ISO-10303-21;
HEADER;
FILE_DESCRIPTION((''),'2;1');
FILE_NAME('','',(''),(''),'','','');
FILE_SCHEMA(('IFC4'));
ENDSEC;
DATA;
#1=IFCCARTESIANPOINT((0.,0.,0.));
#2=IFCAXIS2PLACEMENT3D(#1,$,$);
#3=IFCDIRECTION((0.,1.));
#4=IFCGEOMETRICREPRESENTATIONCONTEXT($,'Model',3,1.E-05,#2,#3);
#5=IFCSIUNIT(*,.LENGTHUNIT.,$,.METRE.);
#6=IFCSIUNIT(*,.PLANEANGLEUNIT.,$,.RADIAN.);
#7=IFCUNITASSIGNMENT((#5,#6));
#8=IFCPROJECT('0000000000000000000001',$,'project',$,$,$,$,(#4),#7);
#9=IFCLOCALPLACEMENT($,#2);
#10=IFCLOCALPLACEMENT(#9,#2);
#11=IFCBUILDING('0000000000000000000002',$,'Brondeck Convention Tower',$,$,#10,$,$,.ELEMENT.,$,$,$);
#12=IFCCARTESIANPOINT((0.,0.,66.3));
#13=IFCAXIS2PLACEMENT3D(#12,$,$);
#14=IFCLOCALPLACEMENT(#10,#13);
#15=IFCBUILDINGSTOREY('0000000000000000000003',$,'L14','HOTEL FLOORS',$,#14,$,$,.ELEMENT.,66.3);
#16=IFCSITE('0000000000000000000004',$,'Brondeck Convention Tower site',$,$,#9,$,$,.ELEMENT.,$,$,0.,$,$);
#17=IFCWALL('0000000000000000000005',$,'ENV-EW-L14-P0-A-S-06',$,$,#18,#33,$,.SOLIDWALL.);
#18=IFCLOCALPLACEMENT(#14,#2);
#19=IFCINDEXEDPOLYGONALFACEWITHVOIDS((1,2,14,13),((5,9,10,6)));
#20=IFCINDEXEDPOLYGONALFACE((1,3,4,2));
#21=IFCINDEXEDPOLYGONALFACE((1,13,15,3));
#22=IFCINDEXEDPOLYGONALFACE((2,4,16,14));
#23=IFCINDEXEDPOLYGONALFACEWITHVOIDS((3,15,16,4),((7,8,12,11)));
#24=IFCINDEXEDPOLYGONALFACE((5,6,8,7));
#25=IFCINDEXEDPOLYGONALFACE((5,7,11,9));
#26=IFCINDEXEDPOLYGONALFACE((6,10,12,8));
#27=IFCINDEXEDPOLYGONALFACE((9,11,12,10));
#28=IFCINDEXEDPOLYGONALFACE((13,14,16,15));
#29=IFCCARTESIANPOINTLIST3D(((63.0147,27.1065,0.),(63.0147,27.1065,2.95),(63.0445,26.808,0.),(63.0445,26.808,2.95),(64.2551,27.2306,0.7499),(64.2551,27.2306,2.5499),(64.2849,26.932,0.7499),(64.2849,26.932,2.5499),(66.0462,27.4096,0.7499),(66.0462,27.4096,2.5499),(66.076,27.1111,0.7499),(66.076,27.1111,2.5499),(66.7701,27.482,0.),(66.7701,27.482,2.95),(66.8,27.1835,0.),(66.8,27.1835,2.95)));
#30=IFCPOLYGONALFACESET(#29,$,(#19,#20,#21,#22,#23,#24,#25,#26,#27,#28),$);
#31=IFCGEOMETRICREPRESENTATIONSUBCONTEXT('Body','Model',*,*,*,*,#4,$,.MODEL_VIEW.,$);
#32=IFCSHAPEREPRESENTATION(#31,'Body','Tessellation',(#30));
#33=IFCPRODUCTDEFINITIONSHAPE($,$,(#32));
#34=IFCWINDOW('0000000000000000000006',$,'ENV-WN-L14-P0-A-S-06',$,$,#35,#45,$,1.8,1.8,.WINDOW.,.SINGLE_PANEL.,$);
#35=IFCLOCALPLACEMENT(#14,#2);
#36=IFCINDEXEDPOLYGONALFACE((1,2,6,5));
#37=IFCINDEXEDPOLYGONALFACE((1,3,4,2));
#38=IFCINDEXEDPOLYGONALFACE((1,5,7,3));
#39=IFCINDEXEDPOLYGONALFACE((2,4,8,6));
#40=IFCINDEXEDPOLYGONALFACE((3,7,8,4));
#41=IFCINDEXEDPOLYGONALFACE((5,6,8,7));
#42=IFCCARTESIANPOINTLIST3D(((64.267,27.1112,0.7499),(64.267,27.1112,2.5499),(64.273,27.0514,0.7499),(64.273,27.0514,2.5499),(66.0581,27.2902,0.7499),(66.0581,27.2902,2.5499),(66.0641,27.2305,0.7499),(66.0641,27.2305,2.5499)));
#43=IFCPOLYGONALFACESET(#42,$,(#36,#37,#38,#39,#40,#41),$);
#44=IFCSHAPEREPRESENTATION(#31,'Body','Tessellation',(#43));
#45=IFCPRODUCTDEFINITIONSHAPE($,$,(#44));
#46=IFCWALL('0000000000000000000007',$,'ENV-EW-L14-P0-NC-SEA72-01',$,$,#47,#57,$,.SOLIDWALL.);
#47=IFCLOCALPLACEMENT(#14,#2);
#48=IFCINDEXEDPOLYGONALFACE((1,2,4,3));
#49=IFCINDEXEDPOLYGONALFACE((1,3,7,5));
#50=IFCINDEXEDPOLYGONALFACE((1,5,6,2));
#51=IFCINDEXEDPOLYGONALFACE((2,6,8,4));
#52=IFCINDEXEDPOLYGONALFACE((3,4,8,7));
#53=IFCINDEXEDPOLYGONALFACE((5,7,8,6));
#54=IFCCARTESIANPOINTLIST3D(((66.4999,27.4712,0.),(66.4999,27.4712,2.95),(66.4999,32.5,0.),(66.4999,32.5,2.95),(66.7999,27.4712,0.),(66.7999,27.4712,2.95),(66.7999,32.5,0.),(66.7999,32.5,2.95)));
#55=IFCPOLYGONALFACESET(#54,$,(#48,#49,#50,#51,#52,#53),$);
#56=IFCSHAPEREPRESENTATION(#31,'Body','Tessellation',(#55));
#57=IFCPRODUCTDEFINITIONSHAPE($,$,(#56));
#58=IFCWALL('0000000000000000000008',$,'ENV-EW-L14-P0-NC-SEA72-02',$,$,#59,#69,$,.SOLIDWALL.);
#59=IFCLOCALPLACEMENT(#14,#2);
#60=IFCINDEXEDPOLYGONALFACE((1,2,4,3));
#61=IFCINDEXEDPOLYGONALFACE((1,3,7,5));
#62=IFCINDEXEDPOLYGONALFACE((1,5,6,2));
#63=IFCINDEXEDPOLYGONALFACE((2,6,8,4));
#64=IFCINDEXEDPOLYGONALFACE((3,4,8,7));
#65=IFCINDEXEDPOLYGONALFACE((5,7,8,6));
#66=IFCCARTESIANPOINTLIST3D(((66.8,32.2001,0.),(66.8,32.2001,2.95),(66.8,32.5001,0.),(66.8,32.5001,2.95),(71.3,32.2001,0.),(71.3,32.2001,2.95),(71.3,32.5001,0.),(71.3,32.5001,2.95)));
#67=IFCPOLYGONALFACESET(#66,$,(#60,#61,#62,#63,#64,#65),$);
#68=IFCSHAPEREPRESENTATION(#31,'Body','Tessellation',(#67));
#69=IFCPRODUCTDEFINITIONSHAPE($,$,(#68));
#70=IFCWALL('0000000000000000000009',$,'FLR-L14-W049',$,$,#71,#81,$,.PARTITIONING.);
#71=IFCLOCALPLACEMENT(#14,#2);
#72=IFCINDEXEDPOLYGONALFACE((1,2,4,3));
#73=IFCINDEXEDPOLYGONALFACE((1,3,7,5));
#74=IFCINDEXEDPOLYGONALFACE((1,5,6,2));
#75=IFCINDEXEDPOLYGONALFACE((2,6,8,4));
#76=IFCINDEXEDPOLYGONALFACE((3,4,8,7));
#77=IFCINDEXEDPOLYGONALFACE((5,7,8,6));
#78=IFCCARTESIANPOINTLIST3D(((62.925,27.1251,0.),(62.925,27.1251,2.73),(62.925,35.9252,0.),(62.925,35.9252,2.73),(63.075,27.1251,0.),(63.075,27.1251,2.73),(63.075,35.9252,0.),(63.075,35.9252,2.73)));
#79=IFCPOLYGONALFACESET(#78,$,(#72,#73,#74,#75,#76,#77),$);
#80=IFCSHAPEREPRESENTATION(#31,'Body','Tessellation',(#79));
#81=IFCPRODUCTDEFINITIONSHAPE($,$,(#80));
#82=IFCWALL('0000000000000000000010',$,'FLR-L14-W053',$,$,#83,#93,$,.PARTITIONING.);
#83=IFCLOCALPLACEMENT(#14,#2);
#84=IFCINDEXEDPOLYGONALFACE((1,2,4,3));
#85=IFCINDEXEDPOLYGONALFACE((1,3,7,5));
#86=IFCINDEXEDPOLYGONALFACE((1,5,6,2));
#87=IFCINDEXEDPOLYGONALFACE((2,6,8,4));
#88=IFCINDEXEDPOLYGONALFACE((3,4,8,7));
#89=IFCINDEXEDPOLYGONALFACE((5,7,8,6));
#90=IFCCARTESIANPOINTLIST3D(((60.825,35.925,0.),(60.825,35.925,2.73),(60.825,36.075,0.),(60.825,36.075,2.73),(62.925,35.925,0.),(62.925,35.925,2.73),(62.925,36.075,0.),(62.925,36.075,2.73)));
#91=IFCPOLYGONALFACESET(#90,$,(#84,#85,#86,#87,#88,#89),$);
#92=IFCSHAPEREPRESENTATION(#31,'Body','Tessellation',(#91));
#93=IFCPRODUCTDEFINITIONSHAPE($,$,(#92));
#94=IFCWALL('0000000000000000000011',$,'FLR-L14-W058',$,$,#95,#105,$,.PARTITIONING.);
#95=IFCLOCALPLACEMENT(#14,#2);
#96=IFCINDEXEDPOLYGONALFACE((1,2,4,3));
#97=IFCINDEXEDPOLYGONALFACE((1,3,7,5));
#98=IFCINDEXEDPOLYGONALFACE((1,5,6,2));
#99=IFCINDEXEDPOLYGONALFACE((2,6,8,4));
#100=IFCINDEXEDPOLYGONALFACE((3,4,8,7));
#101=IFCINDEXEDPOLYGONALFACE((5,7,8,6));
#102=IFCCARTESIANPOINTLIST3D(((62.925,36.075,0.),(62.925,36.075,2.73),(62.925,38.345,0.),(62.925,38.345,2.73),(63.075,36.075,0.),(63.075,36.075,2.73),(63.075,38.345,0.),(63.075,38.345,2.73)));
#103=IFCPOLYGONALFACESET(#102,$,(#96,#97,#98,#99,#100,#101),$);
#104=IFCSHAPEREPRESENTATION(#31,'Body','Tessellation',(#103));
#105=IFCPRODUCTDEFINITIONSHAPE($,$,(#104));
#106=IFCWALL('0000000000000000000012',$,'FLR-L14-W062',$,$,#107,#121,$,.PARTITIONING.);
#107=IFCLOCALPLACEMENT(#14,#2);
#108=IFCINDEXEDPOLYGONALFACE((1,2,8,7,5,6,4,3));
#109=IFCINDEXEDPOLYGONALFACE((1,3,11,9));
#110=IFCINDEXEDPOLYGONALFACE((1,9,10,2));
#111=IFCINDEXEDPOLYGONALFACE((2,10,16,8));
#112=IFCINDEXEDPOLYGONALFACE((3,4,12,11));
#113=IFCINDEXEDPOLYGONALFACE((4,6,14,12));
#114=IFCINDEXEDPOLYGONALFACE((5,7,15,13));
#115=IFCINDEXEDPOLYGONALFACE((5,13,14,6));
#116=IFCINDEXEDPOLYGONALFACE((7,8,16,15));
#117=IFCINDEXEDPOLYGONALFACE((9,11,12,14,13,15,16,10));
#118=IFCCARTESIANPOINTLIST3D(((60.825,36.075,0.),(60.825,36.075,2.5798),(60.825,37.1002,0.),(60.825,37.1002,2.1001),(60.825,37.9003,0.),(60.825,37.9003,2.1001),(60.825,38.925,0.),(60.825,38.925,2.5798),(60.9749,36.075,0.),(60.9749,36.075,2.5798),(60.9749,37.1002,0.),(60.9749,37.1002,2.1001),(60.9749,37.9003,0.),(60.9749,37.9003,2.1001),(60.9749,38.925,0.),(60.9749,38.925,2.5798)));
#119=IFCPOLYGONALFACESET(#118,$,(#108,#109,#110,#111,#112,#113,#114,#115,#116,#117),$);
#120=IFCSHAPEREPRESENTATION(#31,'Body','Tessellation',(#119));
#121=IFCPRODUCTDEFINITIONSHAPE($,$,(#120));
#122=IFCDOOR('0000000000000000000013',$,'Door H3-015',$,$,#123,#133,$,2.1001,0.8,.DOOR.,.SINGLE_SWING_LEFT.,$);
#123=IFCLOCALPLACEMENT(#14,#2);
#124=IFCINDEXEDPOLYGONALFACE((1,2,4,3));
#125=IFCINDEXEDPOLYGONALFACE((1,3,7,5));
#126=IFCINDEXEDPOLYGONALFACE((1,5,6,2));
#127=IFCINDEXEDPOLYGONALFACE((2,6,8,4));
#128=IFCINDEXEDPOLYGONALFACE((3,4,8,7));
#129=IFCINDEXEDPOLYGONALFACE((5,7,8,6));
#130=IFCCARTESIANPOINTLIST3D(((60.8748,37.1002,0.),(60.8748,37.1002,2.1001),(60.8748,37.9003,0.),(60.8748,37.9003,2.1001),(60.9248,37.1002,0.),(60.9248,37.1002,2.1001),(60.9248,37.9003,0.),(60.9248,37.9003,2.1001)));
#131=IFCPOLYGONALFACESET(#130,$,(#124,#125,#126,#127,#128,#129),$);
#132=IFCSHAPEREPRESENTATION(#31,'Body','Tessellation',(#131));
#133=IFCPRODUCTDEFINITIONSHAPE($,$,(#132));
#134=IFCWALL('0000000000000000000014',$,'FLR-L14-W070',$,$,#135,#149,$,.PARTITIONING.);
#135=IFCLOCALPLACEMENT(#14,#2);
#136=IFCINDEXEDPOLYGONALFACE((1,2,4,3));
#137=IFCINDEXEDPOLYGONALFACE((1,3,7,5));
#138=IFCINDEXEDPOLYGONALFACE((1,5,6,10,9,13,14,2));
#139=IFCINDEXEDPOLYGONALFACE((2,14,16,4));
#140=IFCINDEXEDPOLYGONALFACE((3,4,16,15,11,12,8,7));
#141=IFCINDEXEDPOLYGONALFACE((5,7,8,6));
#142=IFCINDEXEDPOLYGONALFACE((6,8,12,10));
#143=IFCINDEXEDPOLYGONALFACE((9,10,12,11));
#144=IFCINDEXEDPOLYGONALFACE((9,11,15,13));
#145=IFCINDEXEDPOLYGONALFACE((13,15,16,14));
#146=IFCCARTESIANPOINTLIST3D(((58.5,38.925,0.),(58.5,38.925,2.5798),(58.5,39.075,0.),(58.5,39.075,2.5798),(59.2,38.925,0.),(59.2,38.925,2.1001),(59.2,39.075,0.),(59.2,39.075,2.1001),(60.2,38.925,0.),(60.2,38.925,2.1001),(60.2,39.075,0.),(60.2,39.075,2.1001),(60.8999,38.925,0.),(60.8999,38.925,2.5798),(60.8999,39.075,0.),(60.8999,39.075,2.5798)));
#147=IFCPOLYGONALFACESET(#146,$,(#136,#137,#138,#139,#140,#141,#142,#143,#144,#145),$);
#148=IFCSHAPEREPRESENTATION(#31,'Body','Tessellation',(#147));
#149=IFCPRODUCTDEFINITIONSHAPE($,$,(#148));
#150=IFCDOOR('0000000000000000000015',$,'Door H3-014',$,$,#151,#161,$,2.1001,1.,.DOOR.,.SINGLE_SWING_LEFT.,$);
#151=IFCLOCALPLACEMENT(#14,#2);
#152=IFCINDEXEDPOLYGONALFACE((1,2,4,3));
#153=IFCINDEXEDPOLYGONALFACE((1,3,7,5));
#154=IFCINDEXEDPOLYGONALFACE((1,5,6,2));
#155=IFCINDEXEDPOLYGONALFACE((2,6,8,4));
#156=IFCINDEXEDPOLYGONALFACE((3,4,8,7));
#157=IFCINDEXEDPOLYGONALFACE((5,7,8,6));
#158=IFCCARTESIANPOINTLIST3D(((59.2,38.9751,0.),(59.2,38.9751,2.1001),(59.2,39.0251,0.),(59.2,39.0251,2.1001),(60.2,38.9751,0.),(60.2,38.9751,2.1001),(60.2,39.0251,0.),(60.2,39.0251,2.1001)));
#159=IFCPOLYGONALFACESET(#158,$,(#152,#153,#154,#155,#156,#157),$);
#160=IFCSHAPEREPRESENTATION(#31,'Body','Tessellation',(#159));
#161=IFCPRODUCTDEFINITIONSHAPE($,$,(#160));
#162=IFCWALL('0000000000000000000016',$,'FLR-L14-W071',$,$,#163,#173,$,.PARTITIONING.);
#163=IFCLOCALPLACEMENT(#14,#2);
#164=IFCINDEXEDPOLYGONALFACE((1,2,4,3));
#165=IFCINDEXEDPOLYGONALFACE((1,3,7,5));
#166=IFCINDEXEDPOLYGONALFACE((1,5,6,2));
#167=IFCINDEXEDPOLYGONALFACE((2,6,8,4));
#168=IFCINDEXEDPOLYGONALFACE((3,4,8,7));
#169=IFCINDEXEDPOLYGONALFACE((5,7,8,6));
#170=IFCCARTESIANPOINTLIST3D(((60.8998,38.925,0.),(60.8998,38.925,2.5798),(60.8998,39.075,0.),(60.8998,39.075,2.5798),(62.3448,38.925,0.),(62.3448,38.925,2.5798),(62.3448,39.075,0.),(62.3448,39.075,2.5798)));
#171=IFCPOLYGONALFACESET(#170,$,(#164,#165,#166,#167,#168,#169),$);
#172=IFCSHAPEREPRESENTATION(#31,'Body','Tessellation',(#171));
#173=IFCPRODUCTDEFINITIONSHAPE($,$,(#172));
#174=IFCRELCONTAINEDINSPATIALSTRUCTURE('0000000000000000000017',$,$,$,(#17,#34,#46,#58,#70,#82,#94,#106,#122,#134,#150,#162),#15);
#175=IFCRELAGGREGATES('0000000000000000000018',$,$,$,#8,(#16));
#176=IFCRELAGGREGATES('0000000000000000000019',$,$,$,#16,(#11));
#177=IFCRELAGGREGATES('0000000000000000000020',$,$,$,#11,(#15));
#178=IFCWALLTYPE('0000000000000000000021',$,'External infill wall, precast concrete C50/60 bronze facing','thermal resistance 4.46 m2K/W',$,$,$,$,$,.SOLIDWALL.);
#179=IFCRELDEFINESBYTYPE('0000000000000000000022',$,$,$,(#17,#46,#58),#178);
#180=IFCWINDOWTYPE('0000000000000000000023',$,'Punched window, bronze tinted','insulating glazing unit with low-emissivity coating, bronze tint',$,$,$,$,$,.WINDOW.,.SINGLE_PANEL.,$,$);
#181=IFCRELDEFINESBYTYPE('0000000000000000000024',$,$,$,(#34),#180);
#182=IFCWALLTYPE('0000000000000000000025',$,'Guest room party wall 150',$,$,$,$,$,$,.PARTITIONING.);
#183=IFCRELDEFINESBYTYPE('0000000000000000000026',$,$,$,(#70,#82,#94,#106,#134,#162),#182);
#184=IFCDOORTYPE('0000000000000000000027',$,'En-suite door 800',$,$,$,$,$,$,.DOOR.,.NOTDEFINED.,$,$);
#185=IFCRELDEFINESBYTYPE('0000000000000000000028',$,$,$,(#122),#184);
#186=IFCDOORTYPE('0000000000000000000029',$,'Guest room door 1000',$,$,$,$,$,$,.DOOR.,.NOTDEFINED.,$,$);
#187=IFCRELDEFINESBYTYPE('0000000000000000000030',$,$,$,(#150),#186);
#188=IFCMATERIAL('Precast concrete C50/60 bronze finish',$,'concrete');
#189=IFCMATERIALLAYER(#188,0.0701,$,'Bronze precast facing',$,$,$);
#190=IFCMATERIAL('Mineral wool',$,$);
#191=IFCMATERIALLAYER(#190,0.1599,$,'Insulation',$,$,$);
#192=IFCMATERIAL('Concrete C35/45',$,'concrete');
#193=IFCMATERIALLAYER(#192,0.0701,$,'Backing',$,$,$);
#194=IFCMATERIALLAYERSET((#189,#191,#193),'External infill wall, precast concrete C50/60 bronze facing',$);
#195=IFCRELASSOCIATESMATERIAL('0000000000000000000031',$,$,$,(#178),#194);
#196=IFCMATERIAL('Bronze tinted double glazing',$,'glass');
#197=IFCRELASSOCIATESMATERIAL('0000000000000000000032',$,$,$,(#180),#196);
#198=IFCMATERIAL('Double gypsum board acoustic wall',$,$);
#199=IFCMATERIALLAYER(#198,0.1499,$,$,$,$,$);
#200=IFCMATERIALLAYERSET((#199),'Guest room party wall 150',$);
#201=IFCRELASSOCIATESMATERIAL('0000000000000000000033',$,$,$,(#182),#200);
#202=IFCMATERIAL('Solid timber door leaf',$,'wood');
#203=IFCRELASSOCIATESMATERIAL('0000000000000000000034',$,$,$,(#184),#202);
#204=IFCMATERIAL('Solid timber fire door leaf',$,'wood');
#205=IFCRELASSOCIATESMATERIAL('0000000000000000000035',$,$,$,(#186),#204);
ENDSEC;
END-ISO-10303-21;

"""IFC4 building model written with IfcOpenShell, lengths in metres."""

from ifc_helpers import new_model, si_unit, direction, frame, frame_2d, origin, place, context, subcontext, project, spatial, rectangle, extrude, material, layer, layer_set, type_object, element, fill, save


model = new_model("IFC4")

# Units and contexts
model_context = context("Model", 3, precision=1e-05, world=origin(), true_north=direction((0.0, 1.0)))
body_context = subcontext(model_context, "Body", "Model", "MODEL_VIEW")
ifc_project = project(units=[si_unit("LENGTHUNIT", "METRE"), si_unit("PLANEANGLEUNIT", "RADIAN")], contexts=[model_context])

# Site, building, storey
site_placement = place(None, origin())
site = spatial("IfcSite", under=ifc_project, at=site_placement, Name="Brondeck Convention Tower site", CompositionType="ELEMENT", RefElevation=0.0)
building_placement = place(site_placement, origin())
building = spatial("IfcBuilding", under=site, at=building_placement, Name="Brondeck Convention Tower", CompositionType="ELEMENT")
storey_placement = place(building_placement, frame((0.0, 0.0, 66.3)))
storey = spatial("IfcBuildingStorey", under=building, at=storey_placement, Name="L14", Description="HOTEL FLOORS", CompositionType="ELEMENT", Elevation=66.3)

# Shared definitions
ifc_material_1 = material(Name="Precast concrete C50/60 bronze finish", Category="concrete")
ifc_layer_1 = layer(ifc_material_1, 0.0701, Name="Bronze precast facing")
ifc_material_2 = material(Name="Mineral wool")
ifc_layer_2 = layer(ifc_material_2, 0.1599, Name="Insulation")
ifc_material_3 = material(Name="Concrete C35/45", Category="concrete")
ifc_layer_3 = layer(ifc_material_3, 0.0701, Name="Backing")
ifc_layer_set_1 = layer_set([ifc_layer_1, ifc_layer_2, ifc_layer_3], Name="External infill wall, precast concrete C50/60 bronze facing")
wall_type_1 = type_object("IfcWallType", Name="External infill wall, precast concrete C50/60 bronze facing", Description="thermal resistance 4.46 m2K/W", PredefinedType="SOLIDWALL", material=ifc_layer_set_1)
ifc_material_4 = material(Name="Bronze tinted double glazing", Category="glass")
window_type_1 = type_object("IfcWindowType", Name="Punched window, bronze tinted", Description="insulating glazing unit with low-emissivity coating, bronze tint", PartitioningType="SINGLE_PANEL", PredefinedType="WINDOW", material=ifc_material_4)

# Wall, opening, window
wall_1_placement = place(storey_placement, frame((66.7852, 27.3328, 0.0), z_axis=(0.0, 0.0, 1.0), x_axis=(-0.995038, -0.099491, 0.0)))
wall_1 = element("IfcWall", 1, at=wall_1_placement, inside=storey, type_object=wall_type_1, Name="ENV-EW-L14-P0-A-S-06", PredefinedType="SOLIDWALL", context=body_context, shape_type="SweptSolid", body=[
    extrude(rectangle(XDim=3.7742, YDim=0.3, at=frame_2d((1.8872, 0.0))), origin(), (0.0, 0.0, 1.0), 2.95),
])
opening_1_placement = place(wall_1_placement, frame((0.7278, 0.0, 0.75)))
opening_1 = element("IfcOpeningElement", 2, at=opening_1_placement, cuts=wall_1, PredefinedType="OPENING", context=body_context, shape_type="SweptSolid", body=[
    extrude(rectangle(XDim=1.8, YDim=1.8, at=frame_2d((0.8999, 0.8999))), frame((0.0, 0.1599, 0.0), z_axis=(0.0, -1.0, 0.0), x_axis=(1.0, 0.0, 0.0)), (0.0, 0.0, 1.0), 0.3201),
])
window_1_placement = place(opening_1_placement, origin())
window_1 = element("IfcWindow", 3, at=window_1_placement, inside=storey, type_object=window_type_1, Name="ENV-WN-L14-P0-A-S-06", OverallHeight=1.8, OverallWidth=1.8, PartitioningType="SINGLE_PANEL", PredefinedType="WINDOW", context=body_context, shape_type="SweptSolid", body=[
    extrude(rectangle(XDim=1.8, YDim=1.8, at=frame_2d((0.8999, 0.8999))), frame((0.0, 0.03, 0.0), z_axis=(0.0, -1.0, 0.0), x_axis=(1.0, 0.0, 0.0)), (0.0, 0.0, 1.0), 0.0601),
])
fill(opening_1, window_1)

# Walls
wall_2_placement = place(storey_placement, frame((66.6499, 32.5, 0.0), z_axis=(0.0, 0.0, 1.0), x_axis=(0.0, -1.0, 0.0)))
element("IfcWall", 4, at=wall_2_placement, inside=storey, type_object=wall_type_1, Name="ENV-EW-L14-P0-NC-SEA72-01", PredefinedType="SOLIDWALL", context=body_context, shape_type="SweptSolid", body=[
    extrude(rectangle(XDim=5.0288, YDim=0.3, at=frame_2d((2.5144, 0.0))), origin(), (0.0, 0.0, 1.0), 2.95),
])
wall_3_placement = place(storey_placement, frame((71.3, 32.3501, 0.0), z_axis=(0.0, 0.0, 1.0), x_axis=(-1.0, 0.0, 0.0)))
element("IfcWall", 5, at=wall_3_placement, inside=storey, type_object=wall_type_1, Name="ENV-EW-L14-P0-NC-SEA72-02", PredefinedType="SOLIDWALL", context=body_context, shape_type="SweptSolid", body=[
    extrude(rectangle(XDim=4.5, YDim=0.3, at=frame_2d((2.25, 0.0))), origin(), (0.0, 0.0, 1.0), 2.95),
])
ifc_material_5 = material(Name="Double gypsum board acoustic wall")
ifc_layer_4 = layer(ifc_material_5, 0.1499)
ifc_layer_set_2 = layer_set([ifc_layer_4], Name="Guest room party wall 150")
wall_type_2 = type_object("IfcWallType", Name="Guest room party wall 150", PredefinedType="PARTITIONING", material=ifc_layer_set_2)
wall_4_placement = place(storey_placement, frame((63.0, 35.925, 0.0), z_axis=(0.0, 0.0, 1.0), x_axis=(0.0, -1.0, 0.0)))
element("IfcWall", 6, at=wall_4_placement, inside=storey, type_object=wall_type_2, Name="FLR-L14-W049", PredefinedType="PARTITIONING", context=body_context, shape_type="SweptSolid", body=[
    extrude(rectangle(XDim=8.8, YDim=0.1499, at=frame_2d((4.3999, 0.0))), origin(), (0.0, 0.0, 1.0), 2.73),
])
wall_5_placement = place(storey_placement, frame((60.825, 36.0, 0.0), z_axis=(0.0, 0.0, 1.0), x_axis=(1.0, 0.0, 0.0)))
element("IfcWall", 7, at=wall_5_placement, inside=storey, type_object=wall_type_2, Name="FLR-L14-W053", PredefinedType="PARTITIONING", context=body_context, shape_type="SweptSolid", body=[
    extrude(rectangle(XDim=2.1001, YDim=0.1499, at=frame_2d((1.05, 0.0))), origin(), (0.0, 0.0, 1.0), 2.73),
])
wall_6_placement = place(storey_placement, frame((63.0, 38.345, 0.0), z_axis=(0.0, 0.0, 1.0), x_axis=(0.0, -1.0, 0.0)))
element("IfcWall", 8, at=wall_6_placement, inside=storey, type_object=wall_type_2, Name="FLR-L14-W058", PredefinedType="PARTITIONING", context=body_context, shape_type="SweptSolid", body=[
    extrude(rectangle(XDim=2.27, YDim=0.1499, at=frame_2d((1.135, 0.0))), origin(), (0.0, 0.0, 1.0), 2.73),
])

# Walls, openings, doors
wall_7_placement = place(storey_placement, frame((60.8999, 38.925, 0.0), z_axis=(0.0, 0.0, 1.0), x_axis=(0.0, -1.0, 0.0)))
wall_7 = element("IfcWall", 9, at=wall_7_placement, inside=storey, type_object=wall_type_2, Name="FLR-L14-W062", PredefinedType="PARTITIONING", context=body_context, shape_type="SweptSolid", body=[
    extrude(rectangle(XDim=2.8501, YDim=0.1499, at=frame_2d((1.425, 0.0))), origin(), (0.0, 0.0, 1.0), 2.5798),
])
opening_2_placement = place(wall_7_placement, frame((1.0249, 0.0, 0.0)))
opening_2 = element("IfcOpeningElement", 10, at=opening_2_placement, cuts=wall_7, PredefinedType="OPENING", context=body_context, shape_type="SweptSolid", body=[
    extrude(rectangle(XDim=0.8, YDim=2.1001, at=frame_2d((0.3999, 1.05))), frame((0.0, 0.085, 0.0), z_axis=(0.0, -1.0, 0.0), x_axis=(1.0, 0.0, 0.0)), (0.0, 0.0, 1.0), 0.1699),
])
ifc_material_6 = material(Name="Solid timber door leaf", Category="wood")
door_type_1 = type_object("IfcDoorType", Name="En-suite door 800", OperationType="NOTDEFINED", PredefinedType="DOOR", material=ifc_material_6)
door_1_placement = place(opening_2_placement, origin())
door_1 = element("IfcDoor", 11, at=door_1_placement, inside=storey, type_object=door_type_1, Name="Door H3-015", OperationType="SINGLE_SWING_LEFT", OverallHeight=2.1001, OverallWidth=0.8, PredefinedType="DOOR", context=body_context, shape_type="SweptSolid", body=[
    extrude(rectangle(XDim=0.8, YDim=2.1001, at=frame_2d((0.3999, 1.05))), frame((0.0, 0.0249, 0.0), z_axis=(0.0, -1.0, 0.0), x_axis=(1.0, 0.0, 0.0)), (0.0, 0.0, 1.0), 0.05),
])
fill(opening_2, door_1)
wall_8_placement = place(storey_placement, frame((60.8999, 39.0, 0.0), z_axis=(0.0, 0.0, 1.0), x_axis=(-1.0, 0.0, 0.0)))
wall_8 = element("IfcWall", 12, at=wall_8_placement, inside=storey, type_object=wall_type_2, Name="FLR-L14-W070", PredefinedType="PARTITIONING", context=body_context, shape_type="SweptSolid", body=[
    extrude(rectangle(XDim=2.3999, YDim=0.1499, at=frame_2d((1.2, 0.0))), origin(), (0.0, 0.0, 1.0), 2.5798),
])
opening_3_placement = place(wall_8_placement, frame((0.7, 0.0, 0.0)))
opening_3 = element("IfcOpeningElement", 13, at=opening_3_placement, cuts=wall_8, PredefinedType="OPENING", context=body_context, shape_type="SweptSolid", body=[
    extrude(rectangle(XDim=1.0, YDim=2.1001, at=frame_2d((0.5, 1.05))), frame((0.0, 0.085, 0.0), z_axis=(0.0, -1.0, 0.0), x_axis=(1.0, 0.0, 0.0)), (0.0, 0.0, 1.0), 0.1699),
])
ifc_material_7 = material(Name="Solid timber fire door leaf", Category="wood")
door_type_2 = type_object("IfcDoorType", Name="Guest room door 1000", OperationType="NOTDEFINED", PredefinedType="DOOR", material=ifc_material_7)
door_2_placement = place(opening_3_placement, origin())
door_2 = element("IfcDoor", 14, at=door_2_placement, inside=storey, type_object=door_type_2, Name="Door H3-014", OperationType="SINGLE_SWING_LEFT", OverallHeight=2.1001, OverallWidth=1.0, PredefinedType="DOOR", context=body_context, shape_type="SweptSolid", body=[
    extrude(rectangle(XDim=1.0, YDim=2.1001, at=frame_2d((0.5, 1.05))), frame((0.0, 0.0249, 0.0), z_axis=(0.0, -1.0, 0.0), x_axis=(1.0, 0.0, 0.0)), (0.0, 0.0, 1.0), 0.05),
])
fill(opening_3, door_2)

# Wall
wall_9_placement = place(storey_placement, frame((62.345, 39.0, 0.0), z_axis=(0.0, 0.0, 1.0), x_axis=(-1.0, 0.0, 0.0)))
element("IfcWall", 15, at=wall_9_placement, inside=storey, type_object=wall_type_2, Name="FLR-L14-W071", PredefinedType="PARTITIONING", context=body_context, shape_type="SweptSolid", body=[
    extrude(rectangle(XDim=1.4451, YDim=0.1499, at=frame_2d((0.7227, 0.0))), origin(), (0.0, 0.0, 1.0), 2.5798),
])

save(model, "model.ifc")
